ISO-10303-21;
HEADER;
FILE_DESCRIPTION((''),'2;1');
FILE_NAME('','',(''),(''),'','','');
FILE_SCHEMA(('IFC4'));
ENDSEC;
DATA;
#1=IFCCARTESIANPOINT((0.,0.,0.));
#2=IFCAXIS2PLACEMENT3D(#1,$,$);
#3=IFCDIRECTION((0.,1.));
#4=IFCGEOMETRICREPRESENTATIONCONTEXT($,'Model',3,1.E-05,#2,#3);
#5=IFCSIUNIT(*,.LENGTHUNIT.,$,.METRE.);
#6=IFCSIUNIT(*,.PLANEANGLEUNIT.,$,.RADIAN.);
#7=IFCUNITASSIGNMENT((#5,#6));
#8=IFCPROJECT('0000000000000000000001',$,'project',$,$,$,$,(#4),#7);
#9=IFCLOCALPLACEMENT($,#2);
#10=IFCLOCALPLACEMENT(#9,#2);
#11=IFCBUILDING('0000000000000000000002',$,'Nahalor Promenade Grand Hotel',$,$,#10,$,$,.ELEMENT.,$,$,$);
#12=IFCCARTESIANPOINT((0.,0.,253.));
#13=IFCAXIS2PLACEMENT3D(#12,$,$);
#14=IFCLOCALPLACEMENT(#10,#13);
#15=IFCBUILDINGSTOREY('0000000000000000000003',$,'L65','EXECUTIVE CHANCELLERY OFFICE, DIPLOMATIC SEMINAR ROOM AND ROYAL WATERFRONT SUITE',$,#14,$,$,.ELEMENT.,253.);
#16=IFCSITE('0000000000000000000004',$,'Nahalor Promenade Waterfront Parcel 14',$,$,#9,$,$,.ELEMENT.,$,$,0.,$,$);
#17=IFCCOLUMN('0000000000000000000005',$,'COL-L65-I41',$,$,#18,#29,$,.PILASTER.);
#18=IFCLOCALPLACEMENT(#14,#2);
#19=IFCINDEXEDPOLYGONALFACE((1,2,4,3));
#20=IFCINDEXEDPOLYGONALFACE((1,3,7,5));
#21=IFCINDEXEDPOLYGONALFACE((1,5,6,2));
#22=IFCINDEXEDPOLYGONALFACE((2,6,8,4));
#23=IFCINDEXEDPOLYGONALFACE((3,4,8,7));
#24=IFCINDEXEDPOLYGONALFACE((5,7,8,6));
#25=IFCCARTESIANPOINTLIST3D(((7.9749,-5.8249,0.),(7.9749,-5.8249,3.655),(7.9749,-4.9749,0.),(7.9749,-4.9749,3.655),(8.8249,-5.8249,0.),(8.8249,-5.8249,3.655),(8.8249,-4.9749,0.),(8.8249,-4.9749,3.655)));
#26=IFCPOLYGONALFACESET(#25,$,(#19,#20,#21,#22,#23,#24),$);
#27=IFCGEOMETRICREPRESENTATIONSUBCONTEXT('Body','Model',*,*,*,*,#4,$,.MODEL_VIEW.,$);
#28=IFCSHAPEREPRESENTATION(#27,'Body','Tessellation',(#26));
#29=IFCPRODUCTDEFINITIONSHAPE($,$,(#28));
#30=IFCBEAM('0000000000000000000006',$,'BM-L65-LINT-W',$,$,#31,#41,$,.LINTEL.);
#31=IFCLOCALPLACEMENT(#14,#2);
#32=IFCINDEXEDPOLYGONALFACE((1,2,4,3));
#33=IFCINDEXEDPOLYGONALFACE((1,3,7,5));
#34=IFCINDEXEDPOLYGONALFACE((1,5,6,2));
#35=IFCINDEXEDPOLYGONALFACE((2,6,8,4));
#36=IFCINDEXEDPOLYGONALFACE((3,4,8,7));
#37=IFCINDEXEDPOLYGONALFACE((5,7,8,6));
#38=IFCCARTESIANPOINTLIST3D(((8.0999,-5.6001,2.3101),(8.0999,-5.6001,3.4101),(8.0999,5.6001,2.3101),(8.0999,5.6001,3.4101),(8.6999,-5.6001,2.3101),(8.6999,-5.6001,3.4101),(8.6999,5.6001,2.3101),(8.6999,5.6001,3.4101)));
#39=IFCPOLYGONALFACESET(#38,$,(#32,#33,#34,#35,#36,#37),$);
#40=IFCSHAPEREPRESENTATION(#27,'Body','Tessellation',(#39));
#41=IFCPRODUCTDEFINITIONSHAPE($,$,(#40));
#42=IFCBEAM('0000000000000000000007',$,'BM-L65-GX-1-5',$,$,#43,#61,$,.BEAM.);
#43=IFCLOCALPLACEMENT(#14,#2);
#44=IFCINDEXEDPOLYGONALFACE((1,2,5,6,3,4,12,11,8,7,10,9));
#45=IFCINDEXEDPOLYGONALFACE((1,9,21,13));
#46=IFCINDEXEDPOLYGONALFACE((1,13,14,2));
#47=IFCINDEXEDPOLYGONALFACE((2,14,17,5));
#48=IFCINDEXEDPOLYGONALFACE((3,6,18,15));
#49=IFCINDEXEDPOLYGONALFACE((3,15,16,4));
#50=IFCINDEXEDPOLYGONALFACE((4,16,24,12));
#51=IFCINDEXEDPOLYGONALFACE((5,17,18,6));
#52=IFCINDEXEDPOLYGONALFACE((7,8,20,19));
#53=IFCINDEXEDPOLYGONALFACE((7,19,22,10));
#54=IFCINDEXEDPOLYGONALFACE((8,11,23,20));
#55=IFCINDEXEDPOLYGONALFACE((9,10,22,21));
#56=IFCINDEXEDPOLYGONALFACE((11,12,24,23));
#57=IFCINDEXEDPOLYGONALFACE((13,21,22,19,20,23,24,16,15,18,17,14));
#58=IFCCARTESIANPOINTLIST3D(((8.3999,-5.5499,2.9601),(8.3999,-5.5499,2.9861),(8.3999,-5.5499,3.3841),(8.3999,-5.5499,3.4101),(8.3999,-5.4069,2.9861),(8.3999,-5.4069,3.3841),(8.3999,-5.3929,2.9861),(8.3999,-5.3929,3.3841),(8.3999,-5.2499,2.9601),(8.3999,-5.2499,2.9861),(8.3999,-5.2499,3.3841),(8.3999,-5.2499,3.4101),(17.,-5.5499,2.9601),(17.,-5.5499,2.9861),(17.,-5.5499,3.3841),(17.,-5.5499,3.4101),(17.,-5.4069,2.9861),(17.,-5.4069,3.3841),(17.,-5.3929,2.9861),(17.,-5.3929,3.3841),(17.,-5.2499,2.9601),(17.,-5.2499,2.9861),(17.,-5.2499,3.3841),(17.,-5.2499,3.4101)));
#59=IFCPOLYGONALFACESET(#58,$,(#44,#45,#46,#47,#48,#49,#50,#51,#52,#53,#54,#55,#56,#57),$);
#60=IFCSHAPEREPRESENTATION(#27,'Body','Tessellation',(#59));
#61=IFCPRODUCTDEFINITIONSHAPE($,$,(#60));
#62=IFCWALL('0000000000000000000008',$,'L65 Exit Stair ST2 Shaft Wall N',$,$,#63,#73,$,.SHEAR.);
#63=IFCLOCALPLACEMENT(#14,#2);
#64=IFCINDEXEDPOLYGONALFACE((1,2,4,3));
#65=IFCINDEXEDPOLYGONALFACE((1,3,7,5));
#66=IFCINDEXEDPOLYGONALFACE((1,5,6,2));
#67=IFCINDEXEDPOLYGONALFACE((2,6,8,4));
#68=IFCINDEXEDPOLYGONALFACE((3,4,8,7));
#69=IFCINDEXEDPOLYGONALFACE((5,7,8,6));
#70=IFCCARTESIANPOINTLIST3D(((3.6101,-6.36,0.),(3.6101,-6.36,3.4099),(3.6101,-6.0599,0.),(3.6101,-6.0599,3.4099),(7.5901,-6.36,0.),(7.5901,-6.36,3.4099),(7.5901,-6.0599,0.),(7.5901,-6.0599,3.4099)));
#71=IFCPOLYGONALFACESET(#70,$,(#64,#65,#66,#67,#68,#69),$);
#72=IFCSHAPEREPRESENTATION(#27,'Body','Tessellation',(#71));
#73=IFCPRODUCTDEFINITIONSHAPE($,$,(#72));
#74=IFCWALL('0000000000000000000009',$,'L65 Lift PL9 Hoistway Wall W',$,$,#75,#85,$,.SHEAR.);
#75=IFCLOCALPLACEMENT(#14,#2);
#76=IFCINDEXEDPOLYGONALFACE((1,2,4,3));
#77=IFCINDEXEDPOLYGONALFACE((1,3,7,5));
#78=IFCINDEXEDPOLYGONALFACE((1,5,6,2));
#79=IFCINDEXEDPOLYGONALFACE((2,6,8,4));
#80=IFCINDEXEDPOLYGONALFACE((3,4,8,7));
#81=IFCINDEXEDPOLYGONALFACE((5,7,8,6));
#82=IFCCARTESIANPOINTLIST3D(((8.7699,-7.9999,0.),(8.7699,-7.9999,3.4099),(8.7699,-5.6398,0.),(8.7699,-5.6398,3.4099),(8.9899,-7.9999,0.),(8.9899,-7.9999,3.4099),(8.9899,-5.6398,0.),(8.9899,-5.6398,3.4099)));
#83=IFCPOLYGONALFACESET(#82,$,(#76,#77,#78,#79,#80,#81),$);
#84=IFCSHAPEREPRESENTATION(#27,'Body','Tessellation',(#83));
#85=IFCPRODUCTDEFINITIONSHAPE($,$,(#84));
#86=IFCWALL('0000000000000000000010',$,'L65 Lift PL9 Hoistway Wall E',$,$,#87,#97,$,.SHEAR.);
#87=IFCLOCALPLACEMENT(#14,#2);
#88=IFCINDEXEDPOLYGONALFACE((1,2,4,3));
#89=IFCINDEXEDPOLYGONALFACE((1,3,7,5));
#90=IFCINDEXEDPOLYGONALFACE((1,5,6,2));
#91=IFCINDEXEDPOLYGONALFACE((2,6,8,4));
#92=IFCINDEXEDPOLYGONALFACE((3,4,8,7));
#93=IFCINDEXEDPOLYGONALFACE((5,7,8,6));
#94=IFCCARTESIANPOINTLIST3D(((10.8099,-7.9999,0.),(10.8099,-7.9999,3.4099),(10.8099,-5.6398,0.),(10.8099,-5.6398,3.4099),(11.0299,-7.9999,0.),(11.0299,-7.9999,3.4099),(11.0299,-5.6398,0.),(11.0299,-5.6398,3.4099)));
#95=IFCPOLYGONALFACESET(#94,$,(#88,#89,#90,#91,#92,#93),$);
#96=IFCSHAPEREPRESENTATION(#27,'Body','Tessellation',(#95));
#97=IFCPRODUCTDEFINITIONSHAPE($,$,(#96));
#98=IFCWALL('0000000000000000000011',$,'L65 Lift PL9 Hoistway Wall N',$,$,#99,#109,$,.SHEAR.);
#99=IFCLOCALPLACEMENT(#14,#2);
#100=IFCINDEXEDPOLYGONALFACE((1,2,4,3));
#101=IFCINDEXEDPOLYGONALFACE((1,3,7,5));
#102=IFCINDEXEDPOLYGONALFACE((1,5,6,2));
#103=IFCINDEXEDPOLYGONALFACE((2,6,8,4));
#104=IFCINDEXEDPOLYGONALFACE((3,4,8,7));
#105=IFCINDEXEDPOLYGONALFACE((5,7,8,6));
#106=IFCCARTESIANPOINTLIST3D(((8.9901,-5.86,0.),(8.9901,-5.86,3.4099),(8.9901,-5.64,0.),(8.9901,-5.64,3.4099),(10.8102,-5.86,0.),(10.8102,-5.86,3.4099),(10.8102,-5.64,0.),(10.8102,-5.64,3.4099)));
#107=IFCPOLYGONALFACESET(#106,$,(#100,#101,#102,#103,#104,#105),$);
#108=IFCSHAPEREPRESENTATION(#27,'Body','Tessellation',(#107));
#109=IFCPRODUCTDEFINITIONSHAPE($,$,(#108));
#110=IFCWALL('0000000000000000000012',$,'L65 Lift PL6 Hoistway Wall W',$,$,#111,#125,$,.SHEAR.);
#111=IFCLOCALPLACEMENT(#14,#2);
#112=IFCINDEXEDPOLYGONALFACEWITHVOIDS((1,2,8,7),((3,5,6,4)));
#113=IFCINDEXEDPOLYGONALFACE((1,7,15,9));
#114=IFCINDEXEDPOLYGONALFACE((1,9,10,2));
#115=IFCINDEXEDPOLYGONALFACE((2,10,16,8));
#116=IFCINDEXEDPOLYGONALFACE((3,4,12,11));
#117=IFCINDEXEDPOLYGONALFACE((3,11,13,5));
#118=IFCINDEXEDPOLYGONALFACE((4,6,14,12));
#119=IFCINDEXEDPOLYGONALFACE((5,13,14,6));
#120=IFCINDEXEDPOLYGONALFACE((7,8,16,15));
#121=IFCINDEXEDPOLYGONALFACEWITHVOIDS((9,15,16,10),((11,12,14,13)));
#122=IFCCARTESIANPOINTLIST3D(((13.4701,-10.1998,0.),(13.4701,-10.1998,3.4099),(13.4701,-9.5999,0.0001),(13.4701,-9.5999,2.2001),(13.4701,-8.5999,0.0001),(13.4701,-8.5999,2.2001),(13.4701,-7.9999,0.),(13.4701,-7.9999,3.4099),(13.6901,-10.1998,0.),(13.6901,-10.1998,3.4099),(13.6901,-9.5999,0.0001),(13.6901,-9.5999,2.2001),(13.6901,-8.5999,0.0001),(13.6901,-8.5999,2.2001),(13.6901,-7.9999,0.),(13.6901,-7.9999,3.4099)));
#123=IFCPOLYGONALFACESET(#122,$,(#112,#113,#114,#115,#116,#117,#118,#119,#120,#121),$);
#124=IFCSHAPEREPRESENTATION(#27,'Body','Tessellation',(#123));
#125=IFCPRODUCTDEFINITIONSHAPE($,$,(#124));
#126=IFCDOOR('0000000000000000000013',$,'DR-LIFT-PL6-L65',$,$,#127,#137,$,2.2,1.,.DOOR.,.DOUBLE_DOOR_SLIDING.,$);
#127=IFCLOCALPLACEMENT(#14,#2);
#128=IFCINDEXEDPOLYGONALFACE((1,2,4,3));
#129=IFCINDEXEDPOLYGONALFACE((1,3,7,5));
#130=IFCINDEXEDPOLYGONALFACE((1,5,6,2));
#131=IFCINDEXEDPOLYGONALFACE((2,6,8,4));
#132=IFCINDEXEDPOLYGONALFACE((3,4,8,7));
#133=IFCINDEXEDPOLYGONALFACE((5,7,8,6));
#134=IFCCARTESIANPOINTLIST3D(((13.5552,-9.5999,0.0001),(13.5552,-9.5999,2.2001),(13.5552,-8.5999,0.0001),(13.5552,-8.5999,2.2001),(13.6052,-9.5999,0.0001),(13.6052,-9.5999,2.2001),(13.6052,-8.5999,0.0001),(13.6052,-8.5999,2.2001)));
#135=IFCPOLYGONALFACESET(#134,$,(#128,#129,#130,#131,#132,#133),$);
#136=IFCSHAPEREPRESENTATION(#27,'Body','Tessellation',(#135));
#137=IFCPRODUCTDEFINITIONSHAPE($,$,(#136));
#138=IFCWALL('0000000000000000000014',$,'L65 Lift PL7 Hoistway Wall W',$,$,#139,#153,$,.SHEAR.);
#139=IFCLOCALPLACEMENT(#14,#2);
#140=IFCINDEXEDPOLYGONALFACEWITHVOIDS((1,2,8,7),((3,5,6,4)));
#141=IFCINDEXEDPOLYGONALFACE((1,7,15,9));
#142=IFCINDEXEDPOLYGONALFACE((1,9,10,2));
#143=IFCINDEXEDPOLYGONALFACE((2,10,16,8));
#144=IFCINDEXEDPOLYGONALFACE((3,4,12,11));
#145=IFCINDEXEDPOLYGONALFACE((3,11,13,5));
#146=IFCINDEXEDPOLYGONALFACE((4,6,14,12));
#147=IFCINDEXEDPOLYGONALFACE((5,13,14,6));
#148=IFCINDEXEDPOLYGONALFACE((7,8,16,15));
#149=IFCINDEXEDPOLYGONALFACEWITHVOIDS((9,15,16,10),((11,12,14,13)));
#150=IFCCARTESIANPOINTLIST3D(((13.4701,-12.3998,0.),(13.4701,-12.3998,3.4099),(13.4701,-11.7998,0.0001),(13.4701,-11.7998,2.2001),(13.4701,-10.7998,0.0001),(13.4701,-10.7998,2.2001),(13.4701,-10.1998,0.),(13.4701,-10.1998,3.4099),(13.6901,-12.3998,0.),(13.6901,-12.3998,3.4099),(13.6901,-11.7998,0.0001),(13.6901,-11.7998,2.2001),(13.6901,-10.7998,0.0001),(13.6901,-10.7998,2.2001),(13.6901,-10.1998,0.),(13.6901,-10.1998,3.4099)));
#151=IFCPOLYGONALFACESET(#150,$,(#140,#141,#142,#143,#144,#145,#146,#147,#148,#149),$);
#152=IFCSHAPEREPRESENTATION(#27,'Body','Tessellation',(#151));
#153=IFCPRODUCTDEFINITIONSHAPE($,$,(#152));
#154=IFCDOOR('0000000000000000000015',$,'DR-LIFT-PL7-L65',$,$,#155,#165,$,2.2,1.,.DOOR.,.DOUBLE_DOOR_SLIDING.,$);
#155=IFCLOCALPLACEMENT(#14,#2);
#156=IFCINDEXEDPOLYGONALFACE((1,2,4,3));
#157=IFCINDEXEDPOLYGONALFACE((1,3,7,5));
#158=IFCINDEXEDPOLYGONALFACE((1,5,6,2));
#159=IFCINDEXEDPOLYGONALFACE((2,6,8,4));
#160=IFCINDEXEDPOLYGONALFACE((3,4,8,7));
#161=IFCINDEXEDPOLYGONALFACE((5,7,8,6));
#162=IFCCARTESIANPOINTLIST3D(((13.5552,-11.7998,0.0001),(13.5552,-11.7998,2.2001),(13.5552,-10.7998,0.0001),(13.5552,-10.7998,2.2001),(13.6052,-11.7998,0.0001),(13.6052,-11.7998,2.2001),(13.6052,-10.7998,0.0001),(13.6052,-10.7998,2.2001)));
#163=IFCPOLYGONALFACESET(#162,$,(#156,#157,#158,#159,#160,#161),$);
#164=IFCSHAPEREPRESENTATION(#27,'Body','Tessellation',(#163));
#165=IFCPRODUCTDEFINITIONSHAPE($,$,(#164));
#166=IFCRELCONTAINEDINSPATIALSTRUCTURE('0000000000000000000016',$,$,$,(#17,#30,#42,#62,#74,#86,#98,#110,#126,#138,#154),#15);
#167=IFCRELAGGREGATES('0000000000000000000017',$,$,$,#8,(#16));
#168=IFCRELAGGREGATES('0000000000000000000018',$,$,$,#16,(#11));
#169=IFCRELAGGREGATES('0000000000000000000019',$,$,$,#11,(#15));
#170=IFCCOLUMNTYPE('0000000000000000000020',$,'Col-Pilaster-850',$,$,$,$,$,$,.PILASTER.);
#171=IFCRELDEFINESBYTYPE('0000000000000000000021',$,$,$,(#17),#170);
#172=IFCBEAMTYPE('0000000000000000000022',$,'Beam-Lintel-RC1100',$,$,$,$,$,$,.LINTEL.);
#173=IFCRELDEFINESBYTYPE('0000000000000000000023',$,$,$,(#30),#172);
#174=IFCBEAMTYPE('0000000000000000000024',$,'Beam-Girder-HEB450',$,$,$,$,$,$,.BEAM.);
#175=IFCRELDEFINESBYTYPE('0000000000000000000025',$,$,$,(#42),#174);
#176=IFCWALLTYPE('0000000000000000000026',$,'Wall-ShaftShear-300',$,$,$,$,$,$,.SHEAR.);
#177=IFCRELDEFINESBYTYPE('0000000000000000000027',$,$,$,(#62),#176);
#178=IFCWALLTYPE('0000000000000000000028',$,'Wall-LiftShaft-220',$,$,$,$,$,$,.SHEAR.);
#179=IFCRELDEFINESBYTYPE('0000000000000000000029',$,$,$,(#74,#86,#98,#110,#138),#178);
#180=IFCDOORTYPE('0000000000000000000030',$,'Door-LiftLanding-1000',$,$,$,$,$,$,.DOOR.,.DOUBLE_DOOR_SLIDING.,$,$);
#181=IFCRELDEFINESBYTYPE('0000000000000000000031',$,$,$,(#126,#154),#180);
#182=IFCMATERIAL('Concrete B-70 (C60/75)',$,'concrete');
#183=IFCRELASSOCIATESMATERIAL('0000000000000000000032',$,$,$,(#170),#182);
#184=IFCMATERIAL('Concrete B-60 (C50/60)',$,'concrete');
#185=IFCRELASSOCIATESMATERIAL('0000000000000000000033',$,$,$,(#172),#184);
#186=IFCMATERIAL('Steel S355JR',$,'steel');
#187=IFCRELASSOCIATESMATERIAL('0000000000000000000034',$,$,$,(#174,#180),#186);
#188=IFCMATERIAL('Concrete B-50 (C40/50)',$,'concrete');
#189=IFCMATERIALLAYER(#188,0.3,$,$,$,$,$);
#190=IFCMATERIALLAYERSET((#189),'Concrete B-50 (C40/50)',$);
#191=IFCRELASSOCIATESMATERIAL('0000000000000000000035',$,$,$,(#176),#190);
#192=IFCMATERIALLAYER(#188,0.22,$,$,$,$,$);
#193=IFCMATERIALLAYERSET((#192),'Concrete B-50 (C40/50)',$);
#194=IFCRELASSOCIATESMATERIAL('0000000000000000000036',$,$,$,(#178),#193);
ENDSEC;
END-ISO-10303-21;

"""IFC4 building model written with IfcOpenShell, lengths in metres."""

from ifc_helpers import new_model, si_unit, direction, frame, frame_2d, origin, origin_2d, place, context, subcontext, project, spatial, rectangle, i_section, extrude, source, transform, mapped, material, layer, layer_set, material_profile, profile_set, type_object, element, fill, save


model = new_model("IFC4")

# Units and contexts
model_context = context("Model", 3, precision=1e-05, world=origin(), true_north=direction((0.0, 1.0)))
body_context = subcontext(model_context, "Body", "Model", "MODEL_VIEW")
ifc_project = project(units=[si_unit("LENGTHUNIT", "METRE"), si_unit("PLANEANGLEUNIT", "RADIAN")], contexts=[model_context])

# Site, building, storey
site_placement = place(None, origin())
site = spatial("IfcSite", under=ifc_project, at=site_placement, Name="Nahalor Promenade Waterfront Parcel 14", CompositionType="ELEMENT", RefElevation=0.0)
building_placement = place(site_placement, origin())
building = spatial("IfcBuilding", under=site, at=building_placement, Name="Nahalor Promenade Grand Hotel", CompositionType="ELEMENT")
storey_placement = place(building_placement, frame((0.0, 0.0, 253.0)))
storey = spatial("IfcBuildingStorey", under=building, at=storey_placement, Name="L65", Description="EXECUTIVE CHANCELLERY OFFICE, DIPLOMATIC SEMINAR ROOM AND ROYAL WATERFRONT SUITE", CompositionType="ELEMENT", Elevation=253.0)

# Column
ifc_material_1 = material(Name="Concrete B-70 (C60/75)", Category="concrete")
ifc_material_profile_1 = material_profile(ifc_material_1, rectangle(XDim=0.85, YDim=0.85, at=origin_2d()), Name="RC 850x850")
ifc_profile_set_1 = profile_set([ifc_material_profile_1], Name="Concrete B-70 (C60/75)")
column_type = type_object("IfcColumnType", Name="Col-Pilaster-850", PredefinedType="PILASTER", material=ifc_profile_set_1)
shared_shape_1 = source(origin(), body_context, "Body", "SweptSolid", [
    extrude(rectangle(XDim=0.85, YDim=0.85, at=origin_2d()), origin(), (0.0, 0.0, 1.0), 3.655),
])
column_placement = place(storey_placement, frame((8.3999, -5.3999, 0.0), z_axis=(0.0, 0.0, 1.0), x_axis=(1.0, 0.0, 0.0)))
element("IfcColumn", 1, at=column_placement, inside=storey, type_object=column_type, Name="COL-L65-I41", PredefinedType="PILASTER", context=body_context, shape_type="MappedRepresentation", body=[
    mapped(shared_shape_1, transform((0.0, 0.0, 0.0), scale=1.0)),
])

# Beams
ifc_material_2 = material(Name="Concrete B-60 (C50/60)", Category="concrete")
ifc_material_profile_2 = material_profile(ifc_material_2, rectangle(XDim=0.6, YDim=1.1, at=origin_2d()), Name="RC 600x1100")
ifc_profile_set_2 = profile_set([ifc_material_profile_2], Name="Concrete B-60 (C50/60)")
beam_type_1 = type_object("IfcBeamType", Name="Beam-Lintel-RC1100", PredefinedType="LINTEL", material=ifc_profile_set_2)
shared_shape_2 = source(origin(), body_context, "Body", "SweptSolid", [
    extrude(rectangle(XDim=0.6, YDim=1.1, at=origin_2d()), origin(), (0.0, 0.0, 1.0), 11.2002),
])
beam_1_placement = place(storey_placement, frame((8.3999, -5.6001, 2.8601), z_axis=(0.0, 1.0, 0.0), x_axis=(-1.0, 0.0, 0.0)))
element("IfcBeam", 2, at=beam_1_placement, inside=storey, type_object=beam_type_1, Name="BM-L65-LINT-W", PredefinedType="LINTEL", context=body_context, shape_type="MappedRepresentation", body=[
    mapped(shared_shape_2, transform((0.0, 0.0, 0.0), scale=1.0)),
])
ifc_material_3 = material(Name="Steel S355JR", Category="steel")
ifc_material_profile_3 = material_profile(ifc_material_3, i_section(OverallWidth=0.3, OverallDepth=0.45, WebThickness=0.014, FlangeThickness=0.026, at=origin_2d()), Name="HEB 450")
ifc_profile_set_3 = profile_set([ifc_material_profile_3], Name="Steel S355JR")
beam_type_2 = type_object("IfcBeamType", Name="Beam-Girder-HEB450", PredefinedType="BEAM", material=ifc_profile_set_3)
shared_shape_3 = source(origin(), body_context, "Body", "SweptSolid", [
    extrude(i_section(OverallWidth=0.3, OverallDepth=0.45, WebThickness=0.014, FlangeThickness=0.026, at=origin_2d()), origin(), (0.0, 0.0, 1.0), 8.6001),
])
beam_2_placement = place(storey_placement, frame((8.3999, -5.3999, 3.1851), z_axis=(1.0, 0.0, 0.0), x_axis=(0.0, 1.0, 0.0)))
element("IfcBeam", 3, at=beam_2_placement, inside=storey, type_object=beam_type_2, Name="BM-L65-GX-1-5", PredefinedType="BEAM", context=body_context, shape_type="MappedRepresentation", body=[
    mapped(shared_shape_3, transform((0.0, 0.0, 0.0), scale=1.0)),
])

# Walls
ifc_material_4 = material(Name="Concrete B-50 (C40/50)", Category="concrete")
ifc_layer_1 = layer(ifc_material_4, 0.3)
ifc_layer_set_1 = layer_set([ifc_layer_1], Name="Concrete B-50 (C40/50)")
wall_type_1 = type_object("IfcWallType", Name="Wall-ShaftShear-300", PredefinedType="SHEAR", material=ifc_layer_set_1)
shared_shape_4 = source(origin(), body_context, "Body", "SweptSolid", [
    extrude(rectangle(XDim=3.98, YDim=0.3, at=frame_2d((1.99, 0.0))), origin(), (0.0, 0.0, 1.0), 3.4099),
])
wall_1_placement = place(storey_placement, frame((3.6101, -6.21, 0.0), z_axis=(0.0, 0.0, 1.0), x_axis=(1.0, 0.0, 0.0)))
element("IfcWall", 4, at=wall_1_placement, inside=storey, type_object=wall_type_1, Name="L65 Exit Stair ST2 Shaft Wall N", PredefinedType="SHEAR", context=body_context, shape_type="MappedRepresentation", body=[
    mapped(shared_shape_4, transform((0.0, 0.0, 0.0), scale=1.0)),
])
ifc_layer_2 = layer(ifc_material_4, 0.22)
ifc_layer_set_2 = layer_set([ifc_layer_2], Name="Concrete B-50 (C40/50)")
wall_type_2 = type_object("IfcWallType", Name="Wall-LiftShaft-220", PredefinedType="SHEAR", material=ifc_layer_set_2)
shared_shape_5 = source(origin(), body_context, "Body", "SweptSolid", [
    extrude(rectangle(XDim=2.3601, YDim=0.22, at=frame_2d((1.1802, 0.0))), origin(), (0.0, 0.0, 1.0), 3.4099),
])
for number, where, z_axis, x_axis, name in (
    (5, (8.8799, -8.0, 0.0), (0.0, 0.0, 1.0), (0.0, 1.0, 0.0), "L65 Lift PL9 Hoistway Wall W"),
    (6, (10.9199, -8.0, 0.0), (0.0, 0.0, 1.0), (0.0, 1.0, 0.0), "L65 Lift PL9 Hoistway Wall E"),
):
    element("IfcWall", number, at=place(storey_placement, frame(where, z_axis=z_axis, x_axis=x_axis)), inside=storey, type_object=wall_type_2, Name=name, PredefinedType="SHEAR", context=body_context, shape_type="MappedRepresentation", body=[
        mapped(shared_shape_5, transform((0.0, 0.0, 0.0), scale=1.0)),
    ])
shared_shape_6 = source(origin(), body_context, "Body", "SweptSolid", [
    extrude(rectangle(XDim=1.8201, YDim=0.22, at=frame_2d((0.9102, 0.0))), origin(), (0.0, 0.0, 1.0), 3.4099),
])
wall_2_placement = place(storey_placement, frame((8.99, -5.75, 0.0), z_axis=(0.0, 0.0, 1.0), x_axis=(1.0, 0.0, 0.0)))
element("IfcWall", 7, at=wall_2_placement, inside=storey, type_object=wall_type_2, Name="L65 Lift PL9 Hoistway Wall N", PredefinedType="SHEAR", context=body_context, shape_type="MappedRepresentation", body=[
    mapped(shared_shape_6, transform((0.0, 0.0, 0.0), scale=1.0)),
])

# Walls, openings, doors
shared_shape_7 = source(origin(), body_context, "Body", "SweptSolid", [
    extrude(rectangle(XDim=2.2, YDim=0.22, at=frame_2d((1.1001, 0.0))), origin(), (0.0, 0.0, 1.0), 3.4099),
])
wall_3_placement = place(storey_placement, frame((13.5801, -10.2, 0.0), z_axis=(0.0, 0.0, 1.0), x_axis=(0.0, 1.0, 0.0)))
wall_3 = element("IfcWall", 8, at=wall_3_placement, inside=storey, type_object=wall_type_2, Name="L65 Lift PL6 Hoistway Wall W", PredefinedType="SHEAR", context=body_context, shape_type="MappedRepresentation", body=[
    mapped(shared_shape_7, transform((0.0, 0.0, 0.0), scale=1.0)),
])
opening_1_placement = place(wall_3_placement, frame((0.6001, 0.0, 0.0)))
opening_1 = element("IfcOpeningElement", 9, at=opening_1_placement, cuts=wall_3, PredefinedType="OPENING", context=body_context, shape_type="SweptSolid", body=[
    extrude(rectangle(XDim=1.0, YDim=2.2, at=frame_2d((0.5, 1.1001))), frame((0.0, 0.1199, 0.0), z_axis=(0.0, -1.0, 0.0), x_axis=(1.0, 0.0, 0.0)), (0.0, 0.0, 1.0), 0.24),
])
door_type = type_object("IfcDoorType", Name="Door-LiftLanding-1000", OperationType="DOUBLE_DOOR_SLIDING", PredefinedType="DOOR", material=ifc_material_3)
shared_shape_8 = source(origin(), body_context, "Body", "SweptSolid", [
    extrude(rectangle(XDim=1.0, YDim=2.2, at=frame_2d((0.5, 1.1001))), frame((0.0, 0.0249, 0.0), z_axis=(0.0, -1.0, 0.0), x_axis=(1.0, 0.0, 0.0)), (0.0, 0.0, 1.0), 0.05),
])
door_1_placement = place(opening_1_placement, origin())
door_1 = element("IfcDoor", 10, at=door_1_placement, inside=storey, type_object=door_type, Name="DR-LIFT-PL6-L65", OperationType="DOUBLE_DOOR_SLIDING", OverallHeight=2.2, OverallWidth=1.0, PredefinedType="DOOR", context=body_context, shape_type="MappedRepresentation", body=[
    mapped(shared_shape_8, transform((0.0, 0.0, 0.0), scale=1.0)),
])
fill(opening_1, door_1)
wall_4_placement = place(storey_placement, frame((13.5801, -12.3999, 0.0), z_axis=(0.0, 0.0, 1.0), x_axis=(0.0, 1.0, 0.0)))
wall_4 = element("IfcWall", 11, at=wall_4_placement, inside=storey, type_object=wall_type_2, Name="L65 Lift PL7 Hoistway Wall W", PredefinedType="SHEAR", context=body_context, shape_type="MappedRepresentation", body=[
    mapped(shared_shape_7, transform((0.0, 0.0, 0.0), scale=1.0)),
])
opening_2_placement = place(wall_4_placement, frame((0.6001, 0.0, 0.0)))
opening_2 = element("IfcOpeningElement", 12, at=opening_2_placement, cuts=wall_4, PredefinedType="OPENING", context=body_context, shape_type="SweptSolid", body=[
    extrude(rectangle(XDim=1.0, YDim=2.2, at=frame_2d((0.5, 1.1001))), frame((0.0, 0.1199, 0.0), z_axis=(0.0, -1.0, 0.0), x_axis=(1.0, 0.0, 0.0)), (0.0, 0.0, 1.0), 0.24),
])
door_2_placement = place(opening_2_placement, origin())
door_2 = element("IfcDoor", 13, at=door_2_placement, inside=storey, type_object=door_type, Name="DR-LIFT-PL7-L65", OperationType="DOUBLE_DOOR_SLIDING", OverallHeight=2.2, OverallWidth=1.0, PredefinedType="DOOR", context=body_context, shape_type="MappedRepresentation", body=[
    mapped(shared_shape_8, transform((0.0, 0.0, 0.0), scale=1.0)),
])
fill(opening_2, door_2)

save(model, "model.ifc")
